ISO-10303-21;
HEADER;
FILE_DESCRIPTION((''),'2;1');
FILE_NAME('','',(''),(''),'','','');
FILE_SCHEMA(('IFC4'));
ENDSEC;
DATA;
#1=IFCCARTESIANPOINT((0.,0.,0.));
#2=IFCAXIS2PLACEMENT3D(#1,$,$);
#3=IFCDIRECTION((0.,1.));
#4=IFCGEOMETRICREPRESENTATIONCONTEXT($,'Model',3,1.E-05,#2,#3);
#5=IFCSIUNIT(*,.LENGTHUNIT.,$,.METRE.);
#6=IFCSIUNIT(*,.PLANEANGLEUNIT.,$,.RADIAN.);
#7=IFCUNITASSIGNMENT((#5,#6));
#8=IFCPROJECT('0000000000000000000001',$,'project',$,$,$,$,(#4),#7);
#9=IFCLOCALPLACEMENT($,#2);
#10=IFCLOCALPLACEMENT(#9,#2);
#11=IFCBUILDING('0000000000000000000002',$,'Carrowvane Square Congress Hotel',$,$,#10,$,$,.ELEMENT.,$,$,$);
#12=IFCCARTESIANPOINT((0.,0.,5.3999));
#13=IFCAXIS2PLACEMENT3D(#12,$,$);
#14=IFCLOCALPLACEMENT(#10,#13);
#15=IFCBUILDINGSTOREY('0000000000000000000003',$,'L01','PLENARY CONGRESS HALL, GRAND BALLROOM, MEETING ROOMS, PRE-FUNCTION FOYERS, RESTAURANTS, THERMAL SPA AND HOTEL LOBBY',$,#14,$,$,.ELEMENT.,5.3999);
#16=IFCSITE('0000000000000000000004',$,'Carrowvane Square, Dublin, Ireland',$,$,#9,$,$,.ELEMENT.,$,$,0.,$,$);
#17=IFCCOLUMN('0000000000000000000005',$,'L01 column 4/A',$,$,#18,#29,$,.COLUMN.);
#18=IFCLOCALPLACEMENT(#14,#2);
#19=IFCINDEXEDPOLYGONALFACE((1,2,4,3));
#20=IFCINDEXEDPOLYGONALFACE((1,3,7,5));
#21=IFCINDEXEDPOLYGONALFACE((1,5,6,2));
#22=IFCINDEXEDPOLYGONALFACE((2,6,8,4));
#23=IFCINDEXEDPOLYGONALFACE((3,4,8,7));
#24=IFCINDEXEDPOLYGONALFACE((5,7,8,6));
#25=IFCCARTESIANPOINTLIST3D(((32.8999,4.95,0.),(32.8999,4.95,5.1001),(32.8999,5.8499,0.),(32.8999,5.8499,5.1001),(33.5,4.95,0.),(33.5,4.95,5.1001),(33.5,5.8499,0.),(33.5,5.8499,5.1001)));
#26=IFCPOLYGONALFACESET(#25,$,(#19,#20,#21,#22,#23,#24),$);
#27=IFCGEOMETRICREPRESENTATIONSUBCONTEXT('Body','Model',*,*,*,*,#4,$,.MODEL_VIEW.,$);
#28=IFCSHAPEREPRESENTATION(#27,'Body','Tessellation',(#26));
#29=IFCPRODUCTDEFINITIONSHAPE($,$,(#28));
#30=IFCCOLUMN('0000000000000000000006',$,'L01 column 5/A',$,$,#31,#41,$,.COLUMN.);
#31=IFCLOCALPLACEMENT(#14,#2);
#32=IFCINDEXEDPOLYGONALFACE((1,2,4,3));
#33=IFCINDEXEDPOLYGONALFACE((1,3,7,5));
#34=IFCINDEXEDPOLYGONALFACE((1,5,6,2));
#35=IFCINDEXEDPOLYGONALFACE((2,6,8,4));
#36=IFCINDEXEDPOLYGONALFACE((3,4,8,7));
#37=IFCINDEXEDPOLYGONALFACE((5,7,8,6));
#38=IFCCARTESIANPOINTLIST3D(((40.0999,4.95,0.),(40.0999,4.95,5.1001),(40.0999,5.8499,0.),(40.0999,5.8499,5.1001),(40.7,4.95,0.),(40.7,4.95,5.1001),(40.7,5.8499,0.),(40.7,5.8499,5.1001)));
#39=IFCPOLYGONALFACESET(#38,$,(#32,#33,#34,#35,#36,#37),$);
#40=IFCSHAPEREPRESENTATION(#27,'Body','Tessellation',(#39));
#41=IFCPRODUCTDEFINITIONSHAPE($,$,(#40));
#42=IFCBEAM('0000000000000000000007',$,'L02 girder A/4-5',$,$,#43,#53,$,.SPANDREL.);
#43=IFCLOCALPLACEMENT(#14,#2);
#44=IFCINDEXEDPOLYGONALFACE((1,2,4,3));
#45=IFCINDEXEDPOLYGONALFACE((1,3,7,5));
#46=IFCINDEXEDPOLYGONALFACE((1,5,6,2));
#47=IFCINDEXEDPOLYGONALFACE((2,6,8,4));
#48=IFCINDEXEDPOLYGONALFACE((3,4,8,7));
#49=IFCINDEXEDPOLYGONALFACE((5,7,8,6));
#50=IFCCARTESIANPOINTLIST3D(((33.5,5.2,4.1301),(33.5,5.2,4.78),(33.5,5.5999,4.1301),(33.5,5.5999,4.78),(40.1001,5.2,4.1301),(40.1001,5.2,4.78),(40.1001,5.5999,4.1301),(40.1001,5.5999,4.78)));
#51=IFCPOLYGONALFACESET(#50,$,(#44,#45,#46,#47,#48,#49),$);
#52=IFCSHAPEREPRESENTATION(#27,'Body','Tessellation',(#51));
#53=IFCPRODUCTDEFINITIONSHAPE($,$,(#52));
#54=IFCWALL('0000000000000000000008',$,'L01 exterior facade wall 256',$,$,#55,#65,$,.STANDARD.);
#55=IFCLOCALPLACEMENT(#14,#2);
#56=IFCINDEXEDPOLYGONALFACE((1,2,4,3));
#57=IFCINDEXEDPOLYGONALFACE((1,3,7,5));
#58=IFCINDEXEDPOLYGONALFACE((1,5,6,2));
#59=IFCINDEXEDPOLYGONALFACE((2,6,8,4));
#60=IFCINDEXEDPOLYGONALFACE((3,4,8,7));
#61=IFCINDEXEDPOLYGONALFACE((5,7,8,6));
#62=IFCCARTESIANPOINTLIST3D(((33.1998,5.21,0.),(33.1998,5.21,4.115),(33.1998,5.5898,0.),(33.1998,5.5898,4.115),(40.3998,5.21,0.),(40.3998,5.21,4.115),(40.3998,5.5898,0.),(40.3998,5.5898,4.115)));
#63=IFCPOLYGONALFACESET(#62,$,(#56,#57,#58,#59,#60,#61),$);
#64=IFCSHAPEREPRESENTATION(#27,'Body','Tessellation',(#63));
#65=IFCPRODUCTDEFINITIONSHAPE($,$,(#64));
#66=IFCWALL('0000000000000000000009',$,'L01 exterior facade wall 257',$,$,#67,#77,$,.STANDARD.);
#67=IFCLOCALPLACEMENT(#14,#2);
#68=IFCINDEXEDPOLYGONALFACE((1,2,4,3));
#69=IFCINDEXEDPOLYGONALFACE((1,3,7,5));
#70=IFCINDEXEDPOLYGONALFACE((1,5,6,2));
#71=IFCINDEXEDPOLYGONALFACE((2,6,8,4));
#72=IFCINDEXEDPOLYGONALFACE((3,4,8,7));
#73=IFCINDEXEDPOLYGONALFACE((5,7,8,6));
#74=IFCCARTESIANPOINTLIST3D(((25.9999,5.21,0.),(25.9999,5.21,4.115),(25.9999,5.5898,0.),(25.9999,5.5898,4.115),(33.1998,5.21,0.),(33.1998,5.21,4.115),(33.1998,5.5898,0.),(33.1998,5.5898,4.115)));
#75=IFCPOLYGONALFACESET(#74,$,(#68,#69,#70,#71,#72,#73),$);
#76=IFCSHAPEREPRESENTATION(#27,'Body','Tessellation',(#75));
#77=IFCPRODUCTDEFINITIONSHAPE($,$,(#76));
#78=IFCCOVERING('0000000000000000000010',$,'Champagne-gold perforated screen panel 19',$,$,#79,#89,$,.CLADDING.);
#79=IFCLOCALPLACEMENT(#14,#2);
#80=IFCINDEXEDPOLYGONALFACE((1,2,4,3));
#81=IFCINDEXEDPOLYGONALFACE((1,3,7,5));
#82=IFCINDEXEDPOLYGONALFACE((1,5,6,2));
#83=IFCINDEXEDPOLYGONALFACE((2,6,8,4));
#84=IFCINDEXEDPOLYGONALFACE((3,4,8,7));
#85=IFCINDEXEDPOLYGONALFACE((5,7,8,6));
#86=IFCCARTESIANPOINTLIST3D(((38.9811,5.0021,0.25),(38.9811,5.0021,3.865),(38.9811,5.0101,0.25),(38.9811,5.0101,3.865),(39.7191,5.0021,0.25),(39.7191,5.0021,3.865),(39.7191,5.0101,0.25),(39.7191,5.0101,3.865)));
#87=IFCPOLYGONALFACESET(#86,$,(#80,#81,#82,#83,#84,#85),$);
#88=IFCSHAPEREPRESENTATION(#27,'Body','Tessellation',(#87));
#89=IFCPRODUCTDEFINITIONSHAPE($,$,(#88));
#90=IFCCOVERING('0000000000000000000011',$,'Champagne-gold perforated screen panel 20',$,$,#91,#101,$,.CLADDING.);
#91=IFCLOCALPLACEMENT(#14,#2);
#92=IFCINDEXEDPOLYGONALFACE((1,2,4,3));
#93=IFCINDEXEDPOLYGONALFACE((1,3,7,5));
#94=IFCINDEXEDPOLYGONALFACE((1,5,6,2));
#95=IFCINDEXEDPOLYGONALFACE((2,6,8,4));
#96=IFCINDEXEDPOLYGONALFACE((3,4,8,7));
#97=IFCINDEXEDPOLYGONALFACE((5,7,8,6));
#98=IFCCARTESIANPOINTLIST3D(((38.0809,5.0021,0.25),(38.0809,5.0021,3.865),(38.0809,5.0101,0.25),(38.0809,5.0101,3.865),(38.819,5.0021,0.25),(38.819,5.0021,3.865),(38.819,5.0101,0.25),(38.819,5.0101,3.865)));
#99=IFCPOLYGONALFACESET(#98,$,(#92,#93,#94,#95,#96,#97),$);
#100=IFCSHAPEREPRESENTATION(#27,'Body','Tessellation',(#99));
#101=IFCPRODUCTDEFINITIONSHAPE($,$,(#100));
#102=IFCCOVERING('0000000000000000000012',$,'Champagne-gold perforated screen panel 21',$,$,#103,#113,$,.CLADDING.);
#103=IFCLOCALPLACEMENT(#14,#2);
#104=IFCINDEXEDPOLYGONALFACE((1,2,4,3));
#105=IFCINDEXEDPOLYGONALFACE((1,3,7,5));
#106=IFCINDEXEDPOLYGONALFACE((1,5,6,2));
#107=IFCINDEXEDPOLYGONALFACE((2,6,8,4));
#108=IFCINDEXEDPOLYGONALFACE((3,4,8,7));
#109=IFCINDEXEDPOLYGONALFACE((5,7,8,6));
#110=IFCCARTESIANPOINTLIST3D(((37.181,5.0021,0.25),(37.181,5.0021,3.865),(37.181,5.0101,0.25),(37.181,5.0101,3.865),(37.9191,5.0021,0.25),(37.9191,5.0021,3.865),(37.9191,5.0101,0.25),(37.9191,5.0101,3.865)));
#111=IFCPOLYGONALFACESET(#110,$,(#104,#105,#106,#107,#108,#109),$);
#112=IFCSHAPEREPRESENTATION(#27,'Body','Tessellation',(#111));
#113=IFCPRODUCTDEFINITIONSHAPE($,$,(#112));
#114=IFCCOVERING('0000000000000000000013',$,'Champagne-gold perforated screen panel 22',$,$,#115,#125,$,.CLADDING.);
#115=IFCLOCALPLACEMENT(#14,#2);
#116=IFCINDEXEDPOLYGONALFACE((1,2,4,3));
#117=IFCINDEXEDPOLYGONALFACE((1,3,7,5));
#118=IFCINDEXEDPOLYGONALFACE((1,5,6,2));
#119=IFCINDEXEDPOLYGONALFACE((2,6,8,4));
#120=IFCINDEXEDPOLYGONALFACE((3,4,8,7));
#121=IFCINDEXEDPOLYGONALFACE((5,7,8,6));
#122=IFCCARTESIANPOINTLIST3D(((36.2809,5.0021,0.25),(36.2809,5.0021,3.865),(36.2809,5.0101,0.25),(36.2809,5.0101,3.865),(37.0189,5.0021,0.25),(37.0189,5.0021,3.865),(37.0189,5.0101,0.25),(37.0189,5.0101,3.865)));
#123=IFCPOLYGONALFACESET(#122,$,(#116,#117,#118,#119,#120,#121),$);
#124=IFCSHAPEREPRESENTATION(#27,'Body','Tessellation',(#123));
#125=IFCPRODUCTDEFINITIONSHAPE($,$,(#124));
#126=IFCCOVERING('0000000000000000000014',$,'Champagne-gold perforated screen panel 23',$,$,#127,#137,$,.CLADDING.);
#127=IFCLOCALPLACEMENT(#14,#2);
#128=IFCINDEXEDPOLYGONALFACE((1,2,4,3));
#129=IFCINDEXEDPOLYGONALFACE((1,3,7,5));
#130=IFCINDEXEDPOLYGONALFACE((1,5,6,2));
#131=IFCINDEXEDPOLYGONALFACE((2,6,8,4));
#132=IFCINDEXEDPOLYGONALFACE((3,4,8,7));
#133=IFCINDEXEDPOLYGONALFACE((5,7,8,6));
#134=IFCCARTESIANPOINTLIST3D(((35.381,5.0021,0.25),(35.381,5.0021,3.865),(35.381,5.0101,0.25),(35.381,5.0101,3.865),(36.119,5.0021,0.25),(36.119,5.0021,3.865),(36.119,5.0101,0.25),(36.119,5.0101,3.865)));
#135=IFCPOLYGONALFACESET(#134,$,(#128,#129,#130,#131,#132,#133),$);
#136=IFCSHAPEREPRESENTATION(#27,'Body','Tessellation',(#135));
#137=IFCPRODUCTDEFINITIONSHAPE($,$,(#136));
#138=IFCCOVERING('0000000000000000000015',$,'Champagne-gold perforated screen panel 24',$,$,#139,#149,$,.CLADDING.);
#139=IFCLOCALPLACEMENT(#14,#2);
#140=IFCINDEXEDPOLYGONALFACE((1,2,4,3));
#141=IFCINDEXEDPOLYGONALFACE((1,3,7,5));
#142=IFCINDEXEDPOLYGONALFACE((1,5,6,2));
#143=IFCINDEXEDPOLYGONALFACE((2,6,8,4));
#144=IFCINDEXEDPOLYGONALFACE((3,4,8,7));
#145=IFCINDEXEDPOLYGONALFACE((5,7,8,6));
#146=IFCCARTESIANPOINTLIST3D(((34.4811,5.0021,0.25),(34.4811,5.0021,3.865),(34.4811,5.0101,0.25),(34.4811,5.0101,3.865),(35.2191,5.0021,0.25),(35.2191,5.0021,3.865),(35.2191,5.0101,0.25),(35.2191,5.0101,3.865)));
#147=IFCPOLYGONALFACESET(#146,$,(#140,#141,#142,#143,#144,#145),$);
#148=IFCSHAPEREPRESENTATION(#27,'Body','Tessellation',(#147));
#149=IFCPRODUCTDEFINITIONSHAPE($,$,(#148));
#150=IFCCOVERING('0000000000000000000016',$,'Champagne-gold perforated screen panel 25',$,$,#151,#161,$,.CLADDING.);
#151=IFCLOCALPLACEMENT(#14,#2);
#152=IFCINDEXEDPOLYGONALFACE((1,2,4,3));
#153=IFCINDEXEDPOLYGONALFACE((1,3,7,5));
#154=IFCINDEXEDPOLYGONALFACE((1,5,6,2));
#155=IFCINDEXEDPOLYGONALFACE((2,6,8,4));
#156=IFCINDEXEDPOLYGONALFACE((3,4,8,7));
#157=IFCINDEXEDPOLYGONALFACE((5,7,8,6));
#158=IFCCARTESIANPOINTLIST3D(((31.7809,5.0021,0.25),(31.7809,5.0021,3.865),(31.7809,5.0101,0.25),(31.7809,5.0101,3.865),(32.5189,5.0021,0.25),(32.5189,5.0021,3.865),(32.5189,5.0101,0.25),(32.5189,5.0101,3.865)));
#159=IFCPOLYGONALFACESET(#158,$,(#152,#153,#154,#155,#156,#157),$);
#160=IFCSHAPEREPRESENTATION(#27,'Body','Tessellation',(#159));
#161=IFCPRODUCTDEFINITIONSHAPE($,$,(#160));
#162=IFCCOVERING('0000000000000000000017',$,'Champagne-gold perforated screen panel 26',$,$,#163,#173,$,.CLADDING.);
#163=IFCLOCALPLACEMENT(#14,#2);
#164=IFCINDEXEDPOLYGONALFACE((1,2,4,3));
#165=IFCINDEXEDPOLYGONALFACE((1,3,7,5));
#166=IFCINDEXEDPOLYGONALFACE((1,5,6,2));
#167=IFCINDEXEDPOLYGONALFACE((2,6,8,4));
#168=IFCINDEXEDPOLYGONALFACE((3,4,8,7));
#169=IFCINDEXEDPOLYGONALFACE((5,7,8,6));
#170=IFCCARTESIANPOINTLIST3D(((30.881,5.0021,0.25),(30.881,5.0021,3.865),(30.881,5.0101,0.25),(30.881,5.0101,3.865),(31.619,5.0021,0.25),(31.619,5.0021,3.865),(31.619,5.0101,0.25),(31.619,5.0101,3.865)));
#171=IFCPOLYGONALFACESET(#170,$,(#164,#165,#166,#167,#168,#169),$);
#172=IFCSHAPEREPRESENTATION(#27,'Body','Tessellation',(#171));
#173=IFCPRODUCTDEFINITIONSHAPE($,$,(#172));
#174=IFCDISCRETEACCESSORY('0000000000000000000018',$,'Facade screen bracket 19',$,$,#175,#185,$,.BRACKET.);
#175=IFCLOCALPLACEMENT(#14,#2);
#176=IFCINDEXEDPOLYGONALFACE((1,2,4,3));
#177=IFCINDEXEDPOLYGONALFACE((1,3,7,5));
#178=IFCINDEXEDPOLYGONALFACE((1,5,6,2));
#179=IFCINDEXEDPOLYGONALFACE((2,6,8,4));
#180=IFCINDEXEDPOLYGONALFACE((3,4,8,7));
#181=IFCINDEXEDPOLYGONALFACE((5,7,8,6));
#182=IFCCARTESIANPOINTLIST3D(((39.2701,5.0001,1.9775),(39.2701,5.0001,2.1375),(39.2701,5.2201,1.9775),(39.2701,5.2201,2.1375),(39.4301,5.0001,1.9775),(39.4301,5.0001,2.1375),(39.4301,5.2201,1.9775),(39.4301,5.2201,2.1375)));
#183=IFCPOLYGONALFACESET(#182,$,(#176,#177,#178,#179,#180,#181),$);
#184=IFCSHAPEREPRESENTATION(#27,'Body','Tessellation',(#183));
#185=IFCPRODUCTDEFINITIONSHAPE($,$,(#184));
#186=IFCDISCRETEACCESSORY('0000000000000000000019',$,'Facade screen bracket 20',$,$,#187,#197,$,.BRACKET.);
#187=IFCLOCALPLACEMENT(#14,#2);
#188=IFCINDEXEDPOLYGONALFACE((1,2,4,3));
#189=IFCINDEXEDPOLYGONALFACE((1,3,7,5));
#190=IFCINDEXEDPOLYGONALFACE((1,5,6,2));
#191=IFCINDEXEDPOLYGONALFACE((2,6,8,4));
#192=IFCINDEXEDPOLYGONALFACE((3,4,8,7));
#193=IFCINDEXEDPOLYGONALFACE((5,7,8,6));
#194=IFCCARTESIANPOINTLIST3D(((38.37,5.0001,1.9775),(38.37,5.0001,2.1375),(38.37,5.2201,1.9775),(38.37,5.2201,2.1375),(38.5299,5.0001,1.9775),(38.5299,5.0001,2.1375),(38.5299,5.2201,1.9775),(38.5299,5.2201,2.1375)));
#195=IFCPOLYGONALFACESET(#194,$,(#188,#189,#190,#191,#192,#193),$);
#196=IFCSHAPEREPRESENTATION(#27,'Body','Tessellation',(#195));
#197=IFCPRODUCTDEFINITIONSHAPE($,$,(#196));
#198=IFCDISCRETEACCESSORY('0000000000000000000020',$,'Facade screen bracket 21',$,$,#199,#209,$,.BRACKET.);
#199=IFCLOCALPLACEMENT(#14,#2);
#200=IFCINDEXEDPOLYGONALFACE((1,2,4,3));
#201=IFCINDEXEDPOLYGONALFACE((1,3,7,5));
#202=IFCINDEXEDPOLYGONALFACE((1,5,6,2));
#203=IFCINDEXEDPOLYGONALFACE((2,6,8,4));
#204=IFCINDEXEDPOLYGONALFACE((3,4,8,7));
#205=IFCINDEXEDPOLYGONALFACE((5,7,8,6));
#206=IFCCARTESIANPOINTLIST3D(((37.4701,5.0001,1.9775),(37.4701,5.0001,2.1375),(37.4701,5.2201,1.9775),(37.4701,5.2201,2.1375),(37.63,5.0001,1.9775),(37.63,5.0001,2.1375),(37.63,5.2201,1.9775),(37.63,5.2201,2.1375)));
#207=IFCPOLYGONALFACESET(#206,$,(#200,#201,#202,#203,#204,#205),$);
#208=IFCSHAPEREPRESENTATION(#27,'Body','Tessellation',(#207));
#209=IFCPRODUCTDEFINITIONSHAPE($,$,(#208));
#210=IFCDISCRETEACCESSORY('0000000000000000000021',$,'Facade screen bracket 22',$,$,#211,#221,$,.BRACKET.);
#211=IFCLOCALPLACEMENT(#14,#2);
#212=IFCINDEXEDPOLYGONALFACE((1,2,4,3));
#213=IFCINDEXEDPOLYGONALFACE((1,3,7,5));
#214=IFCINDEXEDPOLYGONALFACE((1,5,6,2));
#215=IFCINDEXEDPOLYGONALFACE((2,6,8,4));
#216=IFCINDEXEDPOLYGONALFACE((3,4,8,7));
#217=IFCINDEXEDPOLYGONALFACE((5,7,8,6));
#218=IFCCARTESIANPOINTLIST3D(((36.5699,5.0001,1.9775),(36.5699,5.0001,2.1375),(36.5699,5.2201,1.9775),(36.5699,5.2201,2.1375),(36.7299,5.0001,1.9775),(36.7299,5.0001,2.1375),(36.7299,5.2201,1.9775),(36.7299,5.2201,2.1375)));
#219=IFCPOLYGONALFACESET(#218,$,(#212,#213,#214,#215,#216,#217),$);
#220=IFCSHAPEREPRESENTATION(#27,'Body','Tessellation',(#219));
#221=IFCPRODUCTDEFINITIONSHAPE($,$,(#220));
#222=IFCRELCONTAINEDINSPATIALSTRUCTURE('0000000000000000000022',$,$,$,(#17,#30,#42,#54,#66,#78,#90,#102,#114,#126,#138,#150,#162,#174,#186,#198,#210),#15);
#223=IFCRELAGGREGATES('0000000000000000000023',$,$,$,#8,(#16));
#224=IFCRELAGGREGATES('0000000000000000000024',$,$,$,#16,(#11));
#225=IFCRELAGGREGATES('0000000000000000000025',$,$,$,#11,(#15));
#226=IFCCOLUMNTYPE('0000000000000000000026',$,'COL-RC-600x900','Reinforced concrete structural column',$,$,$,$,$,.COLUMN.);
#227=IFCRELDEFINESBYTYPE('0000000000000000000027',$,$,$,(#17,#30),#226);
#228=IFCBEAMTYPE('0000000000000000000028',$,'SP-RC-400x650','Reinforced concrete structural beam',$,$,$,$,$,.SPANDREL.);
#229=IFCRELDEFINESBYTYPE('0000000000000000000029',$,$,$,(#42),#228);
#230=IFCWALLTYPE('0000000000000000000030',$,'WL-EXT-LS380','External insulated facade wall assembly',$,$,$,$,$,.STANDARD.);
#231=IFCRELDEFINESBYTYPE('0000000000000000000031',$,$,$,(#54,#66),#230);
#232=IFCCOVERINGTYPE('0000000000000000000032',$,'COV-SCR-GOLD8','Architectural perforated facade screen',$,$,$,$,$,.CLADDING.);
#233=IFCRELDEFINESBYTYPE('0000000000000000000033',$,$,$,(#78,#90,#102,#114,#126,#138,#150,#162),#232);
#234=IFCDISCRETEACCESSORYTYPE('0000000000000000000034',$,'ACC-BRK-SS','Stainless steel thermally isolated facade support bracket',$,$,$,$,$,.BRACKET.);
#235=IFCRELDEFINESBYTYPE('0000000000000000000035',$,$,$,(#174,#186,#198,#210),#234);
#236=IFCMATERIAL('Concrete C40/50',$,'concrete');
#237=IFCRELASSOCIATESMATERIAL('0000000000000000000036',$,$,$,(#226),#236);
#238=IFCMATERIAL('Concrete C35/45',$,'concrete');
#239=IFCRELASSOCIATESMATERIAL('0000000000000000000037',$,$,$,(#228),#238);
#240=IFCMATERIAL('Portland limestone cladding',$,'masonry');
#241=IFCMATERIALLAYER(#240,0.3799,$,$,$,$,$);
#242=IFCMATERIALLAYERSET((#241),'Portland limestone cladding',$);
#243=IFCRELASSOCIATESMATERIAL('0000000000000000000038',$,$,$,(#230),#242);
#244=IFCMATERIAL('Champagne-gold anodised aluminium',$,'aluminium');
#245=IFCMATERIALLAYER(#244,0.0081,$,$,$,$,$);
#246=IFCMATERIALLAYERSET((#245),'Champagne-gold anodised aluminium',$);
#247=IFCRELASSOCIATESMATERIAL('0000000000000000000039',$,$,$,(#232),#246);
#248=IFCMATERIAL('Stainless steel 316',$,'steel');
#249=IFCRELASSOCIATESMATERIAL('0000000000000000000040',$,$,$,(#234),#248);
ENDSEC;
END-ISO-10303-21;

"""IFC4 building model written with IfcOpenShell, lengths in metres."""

from ifc_helpers import new_model, si_unit, direction, frame, frame_2d, origin, origin_2d, place, context, subcontext, project, spatial, rectangle, extrude, material, layer, layer_set, material_profile, profile_set, type_object, element, save


model = new_model("IFC4")

# Units and contexts
model_context = context("Model", 3, precision=1e-05, world=origin(), true_north=direction((0.0, 1.0)))
body_context = subcontext(model_context, "Body", "Model", "MODEL_VIEW")
ifc_project = project(units=[si_unit("LENGTHUNIT", "METRE"), si_unit("PLANEANGLEUNIT", "RADIAN")], contexts=[model_context])

# Site, building, storey
site_placement = place(None, origin())
site = spatial("IfcSite", under=ifc_project, at=site_placement, Name="Carrowvane Square, Dublin, Ireland", CompositionType="ELEMENT", RefElevation=0.0)
building_placement = place(site_placement, origin())
building = spatial("IfcBuilding", under=site, at=building_placement, Name="Carrowvane Square Congress Hotel", CompositionType="ELEMENT")
storey_placement = place(building_placement, frame((0.0, 0.0, 5.3999)))
storey = spatial("IfcBuildingStorey", under=building, at=storey_placement, Name="L01", Description="PLENARY CONGRESS HALL, GRAND BALLROOM, MEETING ROOMS, PRE-FUNCTION FOYERS, RESTAURANTS, THERMAL SPA AND HOTEL LOBBY", CompositionType="ELEMENT", Elevation=5.3999)

# Columns
ifc_material_1 = material(Name="Concrete C40/50", Category="concrete")
ifc_material_profile_1 = material_profile(ifc_material_1, rectangle(XDim=0.6001, YDim=0.8999, at=origin_2d()), Name="RC 600x900")
ifc_profile_set_1 = profile_set([ifc_material_profile_1], Name="Concrete C40/50")
column_type = type_object("IfcColumnType", Name="COL-RC-600x900", Description="Reinforced concrete structural column", PredefinedType="COLUMN", material=ifc_profile_set_1)
for number, where, z_axis, x_axis, name in (
    (1, (33.2, 5.3999, 0.0), (0.0, 0.0, 1.0), (1.0, 0.0, 0.0), "L01 column 4/A"),
    (2, (40.3999, 5.3999, 0.0), (0.0, 0.0, 1.0), (1.0, 0.0, 0.0), "L01 column 5/A"),
):
    element("IfcColumn", number, at=place(storey_placement, frame(where, z_axis=z_axis, x_axis=x_axis)), inside=storey, type_object=column_type, Name=name, PredefinedType="COLUMN", context=body_context, shape_type="SweptSolid", body=[
        extrude(rectangle(XDim=0.6001, YDim=0.8999, at=origin_2d()), origin(), (0.0, 0.0, 1.0), 5.1001),
    ])

# Beam
ifc_material_2 = material(Name="Concrete C35/45", Category="concrete")
ifc_material_profile_2 = material_profile(ifc_material_2, rectangle(XDim=0.3999, YDim=0.6499, at=origin_2d()), Name="RC 400x650")
ifc_profile_set_2 = profile_set([ifc_material_profile_2], Name="Concrete C35/45")
beam_type = type_object("IfcBeamType", Name="SP-RC-400x650", Description="Reinforced concrete structural beam", PredefinedType="SPANDREL", material=ifc_profile_set_2)
beam_placement = place(storey_placement, frame((33.5, 5.3999, 4.4551), z_axis=(1.0, 0.0, 0.0), x_axis=(0.0, 1.0, 0.0)))
element("IfcBeam", 3, at=beam_placement, inside=storey, type_object=beam_type, Name="L02 girder A/4-5", PredefinedType="SPANDREL", context=body_context, shape_type="SweptSolid", body=[
    extrude(rectangle(XDim=0.3999, YDim=0.6499, at=origin_2d()), origin(), (0.0, 0.0, 1.0), 6.6001),
])

# Walls
ifc_material_3 = material(Name="Portland limestone cladding", Category="masonry")
ifc_layer_1 = layer(ifc_material_3, 0.3799)
ifc_layer_set_1 = layer_set([ifc_layer_1], Name="Portland limestone cladding")
wall_type = type_object("IfcWallType", Name="WL-EXT-LS380", Description="External insulated facade wall assembly", PredefinedType="STANDARD", material=ifc_layer_set_1)
for number, where, z_axis, x_axis, name in (
    (4, (40.3999, 5.3999, 0.0), (0.0, 0.0, 1.0), (-1.0, 0.0, 0.0), "L01 exterior facade wall 256"),
    (5, (33.2, 5.3999, 0.0), (0.0, 0.0, 1.0), (-1.0, 0.0, 0.0), "L01 exterior facade wall 257"),
):
    element("IfcWall", number, at=place(storey_placement, frame(where, z_axis=z_axis, x_axis=x_axis)), inside=storey, type_object=wall_type, Name=name, PredefinedType="STANDARD", context=body_context, shape_type="SweptSolid", body=[
        extrude(rectangle(XDim=7.2, YDim=0.3799, at=frame_2d((3.6001, 0.0))), origin(), (0.0, 0.0, 1.0), 4.115),
    ])

# Coverings
ifc_material_4 = material(Name="Champagne-gold anodised aluminium", Category="aluminium")
ifc_layer_2 = layer(ifc_material_4, 0.0081)
ifc_layer_set_2 = layer_set([ifc_layer_2], Name="Champagne-gold anodised aluminium")
covering_type = type_object("IfcCoveringType", Name="COV-SCR-GOLD8", Description="Architectural perforated facade screen", PredefinedType="CLADDING", material=ifc_layer_set_2)
for number, where, z_axis, x_axis, name in (
    (6, (39.3501, 5.0061, 0.25), (0.0, 0.0, 1.0), (-1.0, 0.0, 0.0), "Champagne-gold perforated screen panel 19"),
    (7, (38.45, 5.0061, 0.25), (0.0, 0.0, 1.0), (-1.0, 0.0, 0.0), "Champagne-gold perforated screen panel 20"),
    (8, (37.55, 5.0061, 0.25), (0.0, 0.0, 1.0), (-1.0, 0.0, 0.0), "Champagne-gold perforated screen panel 21"),
    (9, (36.6499, 5.0061, 0.25), (0.0, 0.0, 1.0), (-1.0, 0.0, 0.0), "Champagne-gold perforated screen panel 22"),
    (10, (35.75, 5.0061, 0.25), (0.0, 0.0, 1.0), (-1.0, 0.0, 0.0), "Champagne-gold perforated screen panel 23"),
    (11, (34.8501, 5.0061, 0.25), (0.0, 0.0, 1.0), (-1.0, 0.0, 0.0), "Champagne-gold perforated screen panel 24"),
    (12, (32.1499, 5.0061, 0.25), (0.0, 0.0, 1.0), (-1.0, 0.0, 0.0), "Champagne-gold perforated screen panel 25"),
    (13, (31.25, 5.0061, 0.25), (0.0, 0.0, 1.0), (-1.0, 0.0, 0.0), "Champagne-gold perforated screen panel 26"),
):
    element("IfcCovering", number, at=place(storey_placement, frame(where, z_axis=z_axis, x_axis=x_axis)), inside=storey, type_object=covering_type, Name=name, PredefinedType="CLADDING", context=body_context, shape_type="SweptSolid", body=[
        extrude(rectangle(XDim=0.738, YDim=0.0081, at=origin_2d()), origin(), (0.0, 0.0, 1.0), 3.615),
    ])

# Discrete accessories
ifc_material_5 = material(Name="Stainless steel 316", Category="steel")
discrete_accessory_type = type_object("IfcDiscreteAccessoryType", Name="ACC-BRK-SS", Description="Stainless steel thermally isolated facade support bracket", PredefinedType="BRACKET", material=ifc_material_5)
for number, where, z_axis, x_axis, name in (
    (14, (39.3501, 5.1101, 1.9775), (0.0, 0.0, 1.0), (-1.0, 0.0, 0.0), "Facade screen bracket 19"),
    (15, (38.45, 5.1101, 1.9775), (0.0, 0.0, 1.0), (-1.0, 0.0, 0.0), "Facade screen bracket 20"),
    (16, (37.55, 5.1101, 1.9775), (0.0, 0.0, 1.0), (-1.0, 0.0, 0.0), "Facade screen bracket 21"),
    (17, (36.6499, 5.1101, 1.9775), (0.0, 0.0, 1.0), (-1.0, 0.0, 0.0), "Facade screen bracket 22"),
):
    element("IfcDiscreteAccessory", number, at=place(storey_placement, frame(where, z_axis=z_axis, x_axis=x_axis)), inside=storey, type_object=discrete_accessory_type, Name=name, PredefinedType="BRACKET", context=body_context, shape_type="SweptSolid", body=[
        extrude(rectangle(XDim=0.1599, YDim=0.22, at=origin_2d()), origin(), (0.0, 0.0, 1.0), 0.1599),
    ])

save(model, "model.ifc")
